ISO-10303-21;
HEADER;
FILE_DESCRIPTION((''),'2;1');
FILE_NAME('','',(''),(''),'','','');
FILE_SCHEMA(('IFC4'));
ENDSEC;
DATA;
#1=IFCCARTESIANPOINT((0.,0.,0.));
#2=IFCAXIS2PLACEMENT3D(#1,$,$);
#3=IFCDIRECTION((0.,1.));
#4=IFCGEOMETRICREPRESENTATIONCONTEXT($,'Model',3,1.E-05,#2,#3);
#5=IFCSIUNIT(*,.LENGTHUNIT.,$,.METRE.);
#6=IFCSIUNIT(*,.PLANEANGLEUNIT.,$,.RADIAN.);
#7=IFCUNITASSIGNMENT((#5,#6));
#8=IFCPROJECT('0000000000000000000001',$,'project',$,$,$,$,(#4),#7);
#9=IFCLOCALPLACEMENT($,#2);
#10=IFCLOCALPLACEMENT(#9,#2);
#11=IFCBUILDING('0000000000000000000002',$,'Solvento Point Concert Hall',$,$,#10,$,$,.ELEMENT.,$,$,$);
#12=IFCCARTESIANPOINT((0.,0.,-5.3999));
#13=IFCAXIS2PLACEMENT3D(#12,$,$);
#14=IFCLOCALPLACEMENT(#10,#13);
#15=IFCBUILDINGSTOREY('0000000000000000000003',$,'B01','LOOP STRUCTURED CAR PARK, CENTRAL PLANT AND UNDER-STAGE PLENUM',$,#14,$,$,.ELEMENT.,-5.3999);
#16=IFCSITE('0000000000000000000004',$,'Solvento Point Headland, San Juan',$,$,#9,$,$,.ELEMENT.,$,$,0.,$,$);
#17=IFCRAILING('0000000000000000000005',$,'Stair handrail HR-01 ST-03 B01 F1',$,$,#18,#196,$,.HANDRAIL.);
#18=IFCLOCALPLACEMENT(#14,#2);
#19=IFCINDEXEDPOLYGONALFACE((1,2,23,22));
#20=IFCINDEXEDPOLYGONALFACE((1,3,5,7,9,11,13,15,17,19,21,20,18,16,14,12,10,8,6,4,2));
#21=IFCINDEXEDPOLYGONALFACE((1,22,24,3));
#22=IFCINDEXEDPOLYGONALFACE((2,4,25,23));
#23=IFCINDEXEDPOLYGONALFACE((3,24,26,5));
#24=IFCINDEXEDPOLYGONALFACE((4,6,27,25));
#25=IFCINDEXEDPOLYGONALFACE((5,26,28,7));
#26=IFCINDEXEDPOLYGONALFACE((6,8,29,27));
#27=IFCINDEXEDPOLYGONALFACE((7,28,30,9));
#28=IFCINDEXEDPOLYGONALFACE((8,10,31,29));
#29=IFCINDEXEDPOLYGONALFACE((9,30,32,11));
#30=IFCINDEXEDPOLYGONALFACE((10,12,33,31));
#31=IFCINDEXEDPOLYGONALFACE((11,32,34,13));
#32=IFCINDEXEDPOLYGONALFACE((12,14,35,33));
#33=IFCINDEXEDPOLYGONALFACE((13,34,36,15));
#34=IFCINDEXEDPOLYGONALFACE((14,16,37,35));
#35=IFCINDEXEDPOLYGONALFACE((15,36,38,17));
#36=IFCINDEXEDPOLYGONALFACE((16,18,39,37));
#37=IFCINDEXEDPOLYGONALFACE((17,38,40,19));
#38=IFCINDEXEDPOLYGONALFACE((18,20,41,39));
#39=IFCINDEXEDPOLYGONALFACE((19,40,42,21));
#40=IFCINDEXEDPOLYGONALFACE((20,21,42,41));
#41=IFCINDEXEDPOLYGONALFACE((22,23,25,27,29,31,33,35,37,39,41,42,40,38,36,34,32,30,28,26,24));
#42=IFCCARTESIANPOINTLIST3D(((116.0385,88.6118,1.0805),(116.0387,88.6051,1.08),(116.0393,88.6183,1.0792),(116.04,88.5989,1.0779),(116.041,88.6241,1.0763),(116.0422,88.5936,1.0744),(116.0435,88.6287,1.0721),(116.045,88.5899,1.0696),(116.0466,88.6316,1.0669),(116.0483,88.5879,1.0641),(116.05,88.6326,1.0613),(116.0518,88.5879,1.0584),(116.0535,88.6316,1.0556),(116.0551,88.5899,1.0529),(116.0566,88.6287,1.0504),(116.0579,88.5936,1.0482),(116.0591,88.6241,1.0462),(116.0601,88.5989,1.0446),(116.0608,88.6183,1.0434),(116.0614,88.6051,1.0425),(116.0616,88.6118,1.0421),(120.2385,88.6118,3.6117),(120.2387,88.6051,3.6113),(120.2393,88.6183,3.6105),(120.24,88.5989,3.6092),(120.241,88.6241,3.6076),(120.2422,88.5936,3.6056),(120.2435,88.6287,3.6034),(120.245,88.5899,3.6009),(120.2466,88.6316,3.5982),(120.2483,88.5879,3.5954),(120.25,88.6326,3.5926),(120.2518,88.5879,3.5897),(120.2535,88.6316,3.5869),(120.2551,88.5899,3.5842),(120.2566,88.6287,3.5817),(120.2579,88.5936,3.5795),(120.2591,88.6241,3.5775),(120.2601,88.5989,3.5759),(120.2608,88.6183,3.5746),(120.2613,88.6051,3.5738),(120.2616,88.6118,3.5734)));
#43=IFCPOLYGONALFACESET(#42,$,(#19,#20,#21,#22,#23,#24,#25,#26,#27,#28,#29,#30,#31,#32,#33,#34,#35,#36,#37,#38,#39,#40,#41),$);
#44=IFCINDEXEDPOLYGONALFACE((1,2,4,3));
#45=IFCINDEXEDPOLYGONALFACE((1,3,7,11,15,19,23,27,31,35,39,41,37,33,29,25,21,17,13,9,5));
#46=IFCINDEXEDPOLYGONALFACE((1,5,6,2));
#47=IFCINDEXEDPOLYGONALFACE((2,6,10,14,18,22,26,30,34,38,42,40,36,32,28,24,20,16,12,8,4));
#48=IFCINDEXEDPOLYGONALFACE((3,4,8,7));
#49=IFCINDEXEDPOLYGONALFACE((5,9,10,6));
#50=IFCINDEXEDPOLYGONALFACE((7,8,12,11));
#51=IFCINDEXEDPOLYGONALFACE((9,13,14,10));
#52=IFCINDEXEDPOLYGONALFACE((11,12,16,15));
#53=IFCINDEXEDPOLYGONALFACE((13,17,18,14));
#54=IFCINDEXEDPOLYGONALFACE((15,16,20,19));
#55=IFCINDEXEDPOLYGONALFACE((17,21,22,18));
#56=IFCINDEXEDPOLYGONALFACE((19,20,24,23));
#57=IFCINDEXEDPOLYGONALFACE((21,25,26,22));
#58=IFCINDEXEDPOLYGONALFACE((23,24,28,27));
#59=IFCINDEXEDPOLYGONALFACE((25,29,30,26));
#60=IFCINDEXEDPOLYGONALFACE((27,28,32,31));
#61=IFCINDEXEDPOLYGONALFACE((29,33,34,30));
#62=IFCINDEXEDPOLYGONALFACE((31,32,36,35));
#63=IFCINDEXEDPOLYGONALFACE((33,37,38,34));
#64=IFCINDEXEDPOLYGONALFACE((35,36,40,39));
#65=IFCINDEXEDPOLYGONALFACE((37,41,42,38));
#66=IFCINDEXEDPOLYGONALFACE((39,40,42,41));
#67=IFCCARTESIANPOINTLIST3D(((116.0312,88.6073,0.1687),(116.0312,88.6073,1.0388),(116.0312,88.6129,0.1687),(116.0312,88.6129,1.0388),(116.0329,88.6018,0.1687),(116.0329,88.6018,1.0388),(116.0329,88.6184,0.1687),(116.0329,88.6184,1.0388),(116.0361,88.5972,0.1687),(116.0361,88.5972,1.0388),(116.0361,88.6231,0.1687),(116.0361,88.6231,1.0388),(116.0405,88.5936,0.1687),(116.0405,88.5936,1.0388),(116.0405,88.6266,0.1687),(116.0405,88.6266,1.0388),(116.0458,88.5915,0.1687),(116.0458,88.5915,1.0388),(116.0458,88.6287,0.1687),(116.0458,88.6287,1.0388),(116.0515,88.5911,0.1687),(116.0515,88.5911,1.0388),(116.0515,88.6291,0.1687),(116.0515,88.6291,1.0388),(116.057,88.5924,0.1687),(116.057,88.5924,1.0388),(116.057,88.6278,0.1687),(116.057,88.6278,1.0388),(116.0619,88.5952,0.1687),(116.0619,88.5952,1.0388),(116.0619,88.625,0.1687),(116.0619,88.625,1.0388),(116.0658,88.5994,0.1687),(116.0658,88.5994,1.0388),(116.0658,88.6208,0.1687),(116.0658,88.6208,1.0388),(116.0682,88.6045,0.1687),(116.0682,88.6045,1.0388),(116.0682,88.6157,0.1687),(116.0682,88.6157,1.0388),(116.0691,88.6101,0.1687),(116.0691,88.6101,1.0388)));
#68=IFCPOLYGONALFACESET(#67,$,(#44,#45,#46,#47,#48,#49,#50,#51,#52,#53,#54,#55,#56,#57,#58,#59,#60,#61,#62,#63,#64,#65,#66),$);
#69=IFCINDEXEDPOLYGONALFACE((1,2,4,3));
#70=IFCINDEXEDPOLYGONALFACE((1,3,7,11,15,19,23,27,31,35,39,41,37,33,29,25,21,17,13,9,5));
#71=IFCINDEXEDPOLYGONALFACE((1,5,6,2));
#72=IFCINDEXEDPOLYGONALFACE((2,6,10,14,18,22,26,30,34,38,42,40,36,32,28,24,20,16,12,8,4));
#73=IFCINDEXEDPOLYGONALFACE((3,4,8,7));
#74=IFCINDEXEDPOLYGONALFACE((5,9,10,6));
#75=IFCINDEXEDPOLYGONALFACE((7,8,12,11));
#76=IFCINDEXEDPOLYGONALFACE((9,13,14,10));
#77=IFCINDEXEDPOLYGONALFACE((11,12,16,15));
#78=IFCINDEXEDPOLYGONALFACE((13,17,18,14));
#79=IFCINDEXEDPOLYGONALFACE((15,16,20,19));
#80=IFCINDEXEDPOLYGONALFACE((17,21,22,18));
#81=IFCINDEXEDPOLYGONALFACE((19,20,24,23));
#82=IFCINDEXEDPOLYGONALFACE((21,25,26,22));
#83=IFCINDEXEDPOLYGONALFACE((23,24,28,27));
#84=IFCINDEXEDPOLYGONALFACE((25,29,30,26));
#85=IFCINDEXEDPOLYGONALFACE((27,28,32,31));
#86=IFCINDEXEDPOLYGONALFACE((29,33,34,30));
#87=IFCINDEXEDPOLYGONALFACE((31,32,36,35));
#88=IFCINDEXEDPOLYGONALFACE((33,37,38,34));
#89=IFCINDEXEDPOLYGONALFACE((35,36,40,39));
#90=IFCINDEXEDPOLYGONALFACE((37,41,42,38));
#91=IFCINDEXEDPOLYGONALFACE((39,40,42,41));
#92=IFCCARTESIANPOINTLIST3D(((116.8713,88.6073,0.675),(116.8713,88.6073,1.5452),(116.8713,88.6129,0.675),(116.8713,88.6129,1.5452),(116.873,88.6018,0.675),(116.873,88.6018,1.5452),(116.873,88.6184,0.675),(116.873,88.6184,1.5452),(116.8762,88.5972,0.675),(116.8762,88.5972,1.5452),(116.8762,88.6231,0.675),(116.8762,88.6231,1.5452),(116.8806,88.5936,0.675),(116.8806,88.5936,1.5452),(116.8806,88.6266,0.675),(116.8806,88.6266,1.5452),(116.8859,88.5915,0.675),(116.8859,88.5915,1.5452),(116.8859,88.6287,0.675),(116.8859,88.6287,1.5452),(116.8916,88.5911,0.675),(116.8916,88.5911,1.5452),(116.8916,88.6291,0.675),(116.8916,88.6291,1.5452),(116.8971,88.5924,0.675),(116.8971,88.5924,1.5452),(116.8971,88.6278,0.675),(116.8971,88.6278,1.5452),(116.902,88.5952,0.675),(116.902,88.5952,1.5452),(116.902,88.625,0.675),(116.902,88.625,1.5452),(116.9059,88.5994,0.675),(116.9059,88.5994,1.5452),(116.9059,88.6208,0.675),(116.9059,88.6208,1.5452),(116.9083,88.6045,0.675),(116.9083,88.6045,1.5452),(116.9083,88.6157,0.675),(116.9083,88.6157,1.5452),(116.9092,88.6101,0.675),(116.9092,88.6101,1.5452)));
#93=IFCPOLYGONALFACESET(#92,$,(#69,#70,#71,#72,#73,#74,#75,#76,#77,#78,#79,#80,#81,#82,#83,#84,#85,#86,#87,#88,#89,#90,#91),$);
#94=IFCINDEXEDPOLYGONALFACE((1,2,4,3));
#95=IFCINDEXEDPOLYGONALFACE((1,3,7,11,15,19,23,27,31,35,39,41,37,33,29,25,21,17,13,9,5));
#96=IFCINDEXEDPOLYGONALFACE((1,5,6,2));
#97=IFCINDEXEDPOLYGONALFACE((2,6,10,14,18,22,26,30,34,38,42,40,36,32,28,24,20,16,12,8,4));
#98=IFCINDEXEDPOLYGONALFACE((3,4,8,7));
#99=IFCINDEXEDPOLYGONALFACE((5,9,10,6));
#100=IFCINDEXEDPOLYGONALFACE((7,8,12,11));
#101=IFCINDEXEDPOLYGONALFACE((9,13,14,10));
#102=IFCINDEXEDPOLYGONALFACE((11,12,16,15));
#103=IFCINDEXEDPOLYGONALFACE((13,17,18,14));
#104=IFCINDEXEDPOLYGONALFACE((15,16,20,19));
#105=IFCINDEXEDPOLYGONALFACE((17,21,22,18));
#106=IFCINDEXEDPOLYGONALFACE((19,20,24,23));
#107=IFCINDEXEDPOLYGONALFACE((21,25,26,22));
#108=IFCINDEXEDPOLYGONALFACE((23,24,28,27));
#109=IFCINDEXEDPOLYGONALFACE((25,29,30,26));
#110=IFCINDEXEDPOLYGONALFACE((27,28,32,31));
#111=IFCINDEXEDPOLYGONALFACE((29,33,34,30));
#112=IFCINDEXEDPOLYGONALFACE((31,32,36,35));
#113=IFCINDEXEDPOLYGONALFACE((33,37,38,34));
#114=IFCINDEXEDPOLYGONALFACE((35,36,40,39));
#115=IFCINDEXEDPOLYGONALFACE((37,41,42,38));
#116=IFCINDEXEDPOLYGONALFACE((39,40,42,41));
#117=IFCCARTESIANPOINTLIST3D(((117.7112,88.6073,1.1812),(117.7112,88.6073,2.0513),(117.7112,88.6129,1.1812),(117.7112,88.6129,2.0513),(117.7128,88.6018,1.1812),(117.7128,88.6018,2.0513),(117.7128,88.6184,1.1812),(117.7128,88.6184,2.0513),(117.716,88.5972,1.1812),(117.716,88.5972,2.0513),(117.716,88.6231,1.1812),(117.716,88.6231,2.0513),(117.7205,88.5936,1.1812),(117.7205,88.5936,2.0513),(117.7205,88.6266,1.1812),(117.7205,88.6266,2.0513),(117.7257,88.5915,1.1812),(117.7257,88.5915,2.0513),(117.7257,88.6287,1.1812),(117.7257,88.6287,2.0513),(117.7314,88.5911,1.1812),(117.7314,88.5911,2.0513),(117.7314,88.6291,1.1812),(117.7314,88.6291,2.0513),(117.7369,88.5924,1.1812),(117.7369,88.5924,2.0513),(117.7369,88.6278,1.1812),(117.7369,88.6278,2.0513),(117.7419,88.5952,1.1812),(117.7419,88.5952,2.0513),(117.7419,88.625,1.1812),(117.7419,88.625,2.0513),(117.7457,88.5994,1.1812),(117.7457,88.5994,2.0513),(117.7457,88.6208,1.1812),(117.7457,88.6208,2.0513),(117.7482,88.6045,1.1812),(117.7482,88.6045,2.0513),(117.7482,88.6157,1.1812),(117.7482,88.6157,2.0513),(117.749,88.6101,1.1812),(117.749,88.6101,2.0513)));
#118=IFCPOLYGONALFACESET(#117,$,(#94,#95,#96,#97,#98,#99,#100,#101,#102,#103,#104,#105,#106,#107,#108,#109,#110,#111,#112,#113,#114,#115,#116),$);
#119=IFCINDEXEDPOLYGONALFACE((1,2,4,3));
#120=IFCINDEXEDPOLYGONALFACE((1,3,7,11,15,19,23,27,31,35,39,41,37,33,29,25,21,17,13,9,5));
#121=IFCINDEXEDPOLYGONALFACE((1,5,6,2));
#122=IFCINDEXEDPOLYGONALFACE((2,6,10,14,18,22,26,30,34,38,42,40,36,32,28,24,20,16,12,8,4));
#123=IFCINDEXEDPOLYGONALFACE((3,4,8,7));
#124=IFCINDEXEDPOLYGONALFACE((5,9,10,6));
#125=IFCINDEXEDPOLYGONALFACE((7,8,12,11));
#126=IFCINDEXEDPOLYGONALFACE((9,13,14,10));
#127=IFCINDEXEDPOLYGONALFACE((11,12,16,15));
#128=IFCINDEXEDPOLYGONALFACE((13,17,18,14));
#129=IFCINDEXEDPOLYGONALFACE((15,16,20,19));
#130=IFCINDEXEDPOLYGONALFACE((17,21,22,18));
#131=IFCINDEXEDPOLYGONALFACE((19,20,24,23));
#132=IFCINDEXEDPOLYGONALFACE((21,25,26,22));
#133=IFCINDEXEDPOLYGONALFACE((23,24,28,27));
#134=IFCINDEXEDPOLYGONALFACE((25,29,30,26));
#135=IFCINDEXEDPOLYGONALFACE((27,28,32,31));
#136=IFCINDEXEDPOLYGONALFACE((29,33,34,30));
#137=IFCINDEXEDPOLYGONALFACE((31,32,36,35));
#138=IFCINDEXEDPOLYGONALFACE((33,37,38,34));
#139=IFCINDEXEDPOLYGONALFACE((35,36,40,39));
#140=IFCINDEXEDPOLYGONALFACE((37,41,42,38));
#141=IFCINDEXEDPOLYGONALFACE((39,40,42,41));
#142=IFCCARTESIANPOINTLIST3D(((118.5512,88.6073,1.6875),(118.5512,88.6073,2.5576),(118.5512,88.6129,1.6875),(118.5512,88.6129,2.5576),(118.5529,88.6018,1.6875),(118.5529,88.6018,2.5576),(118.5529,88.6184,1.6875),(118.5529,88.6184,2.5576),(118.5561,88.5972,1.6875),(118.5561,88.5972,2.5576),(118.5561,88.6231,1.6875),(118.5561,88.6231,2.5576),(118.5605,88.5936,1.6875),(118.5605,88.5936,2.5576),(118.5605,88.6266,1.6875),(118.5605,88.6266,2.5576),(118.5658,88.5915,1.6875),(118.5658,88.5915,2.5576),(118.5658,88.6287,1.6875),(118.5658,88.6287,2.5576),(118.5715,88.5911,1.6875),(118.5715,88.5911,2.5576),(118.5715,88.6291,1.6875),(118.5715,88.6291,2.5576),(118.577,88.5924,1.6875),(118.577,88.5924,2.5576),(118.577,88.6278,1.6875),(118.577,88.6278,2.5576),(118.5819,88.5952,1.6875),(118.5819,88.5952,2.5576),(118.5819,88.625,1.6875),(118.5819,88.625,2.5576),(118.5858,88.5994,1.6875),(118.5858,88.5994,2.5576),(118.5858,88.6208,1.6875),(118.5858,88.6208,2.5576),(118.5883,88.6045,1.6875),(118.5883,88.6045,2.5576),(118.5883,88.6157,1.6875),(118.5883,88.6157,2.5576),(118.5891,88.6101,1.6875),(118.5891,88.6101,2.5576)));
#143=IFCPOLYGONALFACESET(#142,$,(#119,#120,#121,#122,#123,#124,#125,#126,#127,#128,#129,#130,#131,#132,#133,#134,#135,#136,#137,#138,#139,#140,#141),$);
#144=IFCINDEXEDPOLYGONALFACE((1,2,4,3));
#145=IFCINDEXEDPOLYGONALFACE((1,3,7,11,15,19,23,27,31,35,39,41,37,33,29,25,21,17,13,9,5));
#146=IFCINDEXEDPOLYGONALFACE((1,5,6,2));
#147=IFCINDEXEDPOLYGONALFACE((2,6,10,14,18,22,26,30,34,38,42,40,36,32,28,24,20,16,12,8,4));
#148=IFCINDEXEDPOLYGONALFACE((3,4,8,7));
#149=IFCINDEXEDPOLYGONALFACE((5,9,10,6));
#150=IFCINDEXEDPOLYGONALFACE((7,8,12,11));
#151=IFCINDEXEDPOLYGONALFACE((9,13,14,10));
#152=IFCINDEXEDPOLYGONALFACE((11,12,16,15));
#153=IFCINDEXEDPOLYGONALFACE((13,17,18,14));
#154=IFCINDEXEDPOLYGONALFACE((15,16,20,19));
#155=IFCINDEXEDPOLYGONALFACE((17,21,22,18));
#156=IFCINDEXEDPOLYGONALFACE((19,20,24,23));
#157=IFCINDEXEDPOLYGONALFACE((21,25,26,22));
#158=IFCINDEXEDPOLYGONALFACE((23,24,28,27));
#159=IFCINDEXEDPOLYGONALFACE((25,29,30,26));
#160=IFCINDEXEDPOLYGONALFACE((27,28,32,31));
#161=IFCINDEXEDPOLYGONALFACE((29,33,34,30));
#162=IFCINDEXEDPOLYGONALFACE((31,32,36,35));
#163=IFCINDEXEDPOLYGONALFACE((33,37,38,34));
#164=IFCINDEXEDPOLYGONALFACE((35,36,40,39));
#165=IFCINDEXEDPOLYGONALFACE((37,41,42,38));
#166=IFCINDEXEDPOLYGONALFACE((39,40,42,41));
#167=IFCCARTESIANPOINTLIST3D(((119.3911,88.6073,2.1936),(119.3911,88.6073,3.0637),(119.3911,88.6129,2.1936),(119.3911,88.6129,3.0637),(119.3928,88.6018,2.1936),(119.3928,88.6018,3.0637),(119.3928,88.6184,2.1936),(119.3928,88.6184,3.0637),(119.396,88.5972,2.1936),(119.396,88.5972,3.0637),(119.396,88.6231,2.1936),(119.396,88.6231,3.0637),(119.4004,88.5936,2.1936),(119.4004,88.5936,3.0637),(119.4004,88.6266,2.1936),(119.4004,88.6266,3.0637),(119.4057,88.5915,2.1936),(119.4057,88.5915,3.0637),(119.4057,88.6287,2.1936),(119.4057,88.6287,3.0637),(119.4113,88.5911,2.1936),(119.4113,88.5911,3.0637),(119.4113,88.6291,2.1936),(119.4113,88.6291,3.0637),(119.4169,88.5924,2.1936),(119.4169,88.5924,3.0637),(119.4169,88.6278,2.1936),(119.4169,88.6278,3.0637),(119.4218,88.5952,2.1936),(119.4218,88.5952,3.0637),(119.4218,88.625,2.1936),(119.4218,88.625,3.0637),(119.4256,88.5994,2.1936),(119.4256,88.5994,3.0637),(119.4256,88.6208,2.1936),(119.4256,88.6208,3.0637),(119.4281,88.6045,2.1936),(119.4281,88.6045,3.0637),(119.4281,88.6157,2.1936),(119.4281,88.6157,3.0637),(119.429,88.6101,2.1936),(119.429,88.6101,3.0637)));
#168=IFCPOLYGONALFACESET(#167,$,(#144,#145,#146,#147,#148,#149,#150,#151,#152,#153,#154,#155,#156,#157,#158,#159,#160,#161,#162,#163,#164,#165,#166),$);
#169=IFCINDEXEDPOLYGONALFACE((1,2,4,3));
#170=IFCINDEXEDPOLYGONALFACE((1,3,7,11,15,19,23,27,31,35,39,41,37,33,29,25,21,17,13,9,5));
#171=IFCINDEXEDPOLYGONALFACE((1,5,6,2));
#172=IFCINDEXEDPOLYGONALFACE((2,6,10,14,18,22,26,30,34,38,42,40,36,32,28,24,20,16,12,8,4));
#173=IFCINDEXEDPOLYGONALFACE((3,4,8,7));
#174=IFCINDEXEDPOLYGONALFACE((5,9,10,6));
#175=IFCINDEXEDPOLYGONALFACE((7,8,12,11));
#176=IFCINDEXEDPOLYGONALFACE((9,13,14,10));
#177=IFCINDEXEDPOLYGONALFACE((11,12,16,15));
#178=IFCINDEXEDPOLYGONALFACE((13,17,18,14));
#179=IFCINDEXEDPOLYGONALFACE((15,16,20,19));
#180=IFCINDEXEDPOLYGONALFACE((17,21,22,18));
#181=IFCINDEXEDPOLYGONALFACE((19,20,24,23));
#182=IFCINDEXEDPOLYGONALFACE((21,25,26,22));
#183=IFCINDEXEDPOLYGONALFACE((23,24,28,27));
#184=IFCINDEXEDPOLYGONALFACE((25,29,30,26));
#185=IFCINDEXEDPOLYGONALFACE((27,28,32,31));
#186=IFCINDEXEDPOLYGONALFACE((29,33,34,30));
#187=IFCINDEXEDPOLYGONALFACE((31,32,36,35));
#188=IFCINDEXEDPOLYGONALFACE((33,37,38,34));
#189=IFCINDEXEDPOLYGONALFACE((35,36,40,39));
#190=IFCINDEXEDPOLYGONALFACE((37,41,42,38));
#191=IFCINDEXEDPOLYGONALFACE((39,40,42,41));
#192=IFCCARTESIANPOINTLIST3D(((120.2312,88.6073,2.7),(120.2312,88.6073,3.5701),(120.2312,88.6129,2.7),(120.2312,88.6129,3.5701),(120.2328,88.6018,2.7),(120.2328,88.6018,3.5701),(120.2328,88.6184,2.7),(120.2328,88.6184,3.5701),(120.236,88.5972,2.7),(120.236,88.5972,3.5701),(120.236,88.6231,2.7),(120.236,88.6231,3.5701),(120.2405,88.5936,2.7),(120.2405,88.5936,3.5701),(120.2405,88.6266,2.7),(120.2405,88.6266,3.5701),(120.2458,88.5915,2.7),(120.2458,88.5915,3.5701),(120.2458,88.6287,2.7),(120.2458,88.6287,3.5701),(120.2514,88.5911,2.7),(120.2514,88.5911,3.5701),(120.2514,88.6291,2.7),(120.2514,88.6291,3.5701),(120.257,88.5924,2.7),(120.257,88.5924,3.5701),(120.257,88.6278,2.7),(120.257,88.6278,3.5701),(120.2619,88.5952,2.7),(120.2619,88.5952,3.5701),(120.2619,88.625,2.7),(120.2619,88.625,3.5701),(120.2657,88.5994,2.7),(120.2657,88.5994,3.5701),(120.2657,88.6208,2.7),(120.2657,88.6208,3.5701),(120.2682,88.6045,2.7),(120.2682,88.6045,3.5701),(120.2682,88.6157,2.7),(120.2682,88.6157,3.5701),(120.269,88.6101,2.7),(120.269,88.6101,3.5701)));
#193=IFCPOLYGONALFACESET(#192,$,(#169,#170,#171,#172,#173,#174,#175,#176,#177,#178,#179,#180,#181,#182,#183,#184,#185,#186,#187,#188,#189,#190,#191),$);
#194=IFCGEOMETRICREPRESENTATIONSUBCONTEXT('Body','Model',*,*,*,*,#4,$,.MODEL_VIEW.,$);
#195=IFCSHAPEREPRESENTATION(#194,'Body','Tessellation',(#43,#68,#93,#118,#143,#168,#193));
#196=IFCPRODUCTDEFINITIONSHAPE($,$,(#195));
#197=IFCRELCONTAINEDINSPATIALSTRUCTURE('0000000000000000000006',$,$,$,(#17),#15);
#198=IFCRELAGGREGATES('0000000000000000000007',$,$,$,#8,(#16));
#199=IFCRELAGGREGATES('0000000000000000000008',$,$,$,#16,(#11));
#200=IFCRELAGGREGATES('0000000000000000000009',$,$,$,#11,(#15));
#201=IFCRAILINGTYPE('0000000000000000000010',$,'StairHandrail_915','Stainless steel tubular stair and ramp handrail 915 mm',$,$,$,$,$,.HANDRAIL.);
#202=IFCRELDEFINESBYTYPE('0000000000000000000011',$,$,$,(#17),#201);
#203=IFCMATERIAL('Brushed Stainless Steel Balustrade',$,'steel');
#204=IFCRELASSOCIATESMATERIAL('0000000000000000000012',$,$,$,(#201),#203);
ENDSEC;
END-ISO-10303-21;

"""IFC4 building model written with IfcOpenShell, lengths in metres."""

from ifc_helpers import new_model, si_unit, direction, frame, origin, origin_2d, place, context, subcontext, project, spatial, circle, extrude, material, type_object, element, save


model = new_model("IFC4")

# Units and contexts
model_context = context("Model", 3, precision=1e-05, world=origin(), true_north=direction((0.0, 1.0)))
body_context = subcontext(model_context, "Body", "Model", "MODEL_VIEW")
ifc_project = project(units=[si_unit("LENGTHUNIT", "METRE"), si_unit("PLANEANGLEUNIT", "RADIAN")], contexts=[model_context])

# Site, building, storey
site_placement = place(None, origin())
site = spatial("IfcSite", under=ifc_project, at=site_placement, Name="Solvento Point Headland, San Juan", CompositionType="ELEMENT", RefElevation=0.0)
building_placement = place(site_placement, origin())
building = spatial("IfcBuilding", under=site, at=building_placement, Name="Solvento Point Concert Hall", CompositionType="ELEMENT")
storey_placement = place(building_placement, frame((0.0, 0.0, -5.3999)))
storey = spatial("IfcBuildingStorey", under=building, at=storey_placement, Name="B01", Description="LOOP STRUCTURED CAR PARK, CENTRAL PLANT AND UNDER-STAGE PLENUM", CompositionType="ELEMENT", Elevation=-5.3999)

# Railing
ifc_material_1 = material(Name="Brushed Stainless Steel Balustrade", Category="steel")
railing_type_1 = type_object("IfcRailingType", Name="StairHandrail_915", Description="Stainless steel tubular stair and ramp handrail 915 mm", PredefinedType="HANDRAIL", material=ifc_material_1)
railing_1_placement = place(storey_placement, frame((116.05, 88.6101, 0.1687)))
element("IfcRailing", 1, at=railing_1_placement, inside=storey, type_object=railing_type_1, Name="Stair handrail HR-01 ST-03 B01 F1", PredefinedType="HANDRAIL", context=body_context, shape_type="SweptSolid", body=[
    extrude(circle(Radius=0.0225, at=origin_2d()), frame((0.0, 0.0, 0.8926), z_axis=(0.856476, 0.0, 0.516186), x_axis=(0.0, 1.0, 0.0)), (0.0, 0.0, 1.0), 4.9038),
    extrude(circle(Radius=0.019, at=origin_2d()), origin(), (0.0, 0.0, 1.0), 0.8701),
    extrude(circle(Radius=0.019, at=origin_2d()), frame((0.8401, 0.0, 0.5063)), (0.0, 0.0, 1.0), 0.8701),
    extrude(circle(Radius=0.019, at=origin_2d()), frame((1.6799, 0.0, 1.0125)), (0.0, 0.0, 1.0), 0.8701),
    extrude(circle(Radius=0.019, at=origin_2d()), frame((2.52, 0.0, 1.5188)), (0.0, 0.0, 1.0), 0.8701),
    extrude(circle(Radius=0.019, at=origin_2d()), frame((3.3599, 0.0, 2.0249)), (0.0, 0.0, 1.0), 0.8701),
    extrude(circle(Radius=0.019, at=origin_2d()), frame((4.2, 0.0, 2.5312)), (0.0, 0.0, 1.0), 0.8701),
])

save(model, "model.ifc")
